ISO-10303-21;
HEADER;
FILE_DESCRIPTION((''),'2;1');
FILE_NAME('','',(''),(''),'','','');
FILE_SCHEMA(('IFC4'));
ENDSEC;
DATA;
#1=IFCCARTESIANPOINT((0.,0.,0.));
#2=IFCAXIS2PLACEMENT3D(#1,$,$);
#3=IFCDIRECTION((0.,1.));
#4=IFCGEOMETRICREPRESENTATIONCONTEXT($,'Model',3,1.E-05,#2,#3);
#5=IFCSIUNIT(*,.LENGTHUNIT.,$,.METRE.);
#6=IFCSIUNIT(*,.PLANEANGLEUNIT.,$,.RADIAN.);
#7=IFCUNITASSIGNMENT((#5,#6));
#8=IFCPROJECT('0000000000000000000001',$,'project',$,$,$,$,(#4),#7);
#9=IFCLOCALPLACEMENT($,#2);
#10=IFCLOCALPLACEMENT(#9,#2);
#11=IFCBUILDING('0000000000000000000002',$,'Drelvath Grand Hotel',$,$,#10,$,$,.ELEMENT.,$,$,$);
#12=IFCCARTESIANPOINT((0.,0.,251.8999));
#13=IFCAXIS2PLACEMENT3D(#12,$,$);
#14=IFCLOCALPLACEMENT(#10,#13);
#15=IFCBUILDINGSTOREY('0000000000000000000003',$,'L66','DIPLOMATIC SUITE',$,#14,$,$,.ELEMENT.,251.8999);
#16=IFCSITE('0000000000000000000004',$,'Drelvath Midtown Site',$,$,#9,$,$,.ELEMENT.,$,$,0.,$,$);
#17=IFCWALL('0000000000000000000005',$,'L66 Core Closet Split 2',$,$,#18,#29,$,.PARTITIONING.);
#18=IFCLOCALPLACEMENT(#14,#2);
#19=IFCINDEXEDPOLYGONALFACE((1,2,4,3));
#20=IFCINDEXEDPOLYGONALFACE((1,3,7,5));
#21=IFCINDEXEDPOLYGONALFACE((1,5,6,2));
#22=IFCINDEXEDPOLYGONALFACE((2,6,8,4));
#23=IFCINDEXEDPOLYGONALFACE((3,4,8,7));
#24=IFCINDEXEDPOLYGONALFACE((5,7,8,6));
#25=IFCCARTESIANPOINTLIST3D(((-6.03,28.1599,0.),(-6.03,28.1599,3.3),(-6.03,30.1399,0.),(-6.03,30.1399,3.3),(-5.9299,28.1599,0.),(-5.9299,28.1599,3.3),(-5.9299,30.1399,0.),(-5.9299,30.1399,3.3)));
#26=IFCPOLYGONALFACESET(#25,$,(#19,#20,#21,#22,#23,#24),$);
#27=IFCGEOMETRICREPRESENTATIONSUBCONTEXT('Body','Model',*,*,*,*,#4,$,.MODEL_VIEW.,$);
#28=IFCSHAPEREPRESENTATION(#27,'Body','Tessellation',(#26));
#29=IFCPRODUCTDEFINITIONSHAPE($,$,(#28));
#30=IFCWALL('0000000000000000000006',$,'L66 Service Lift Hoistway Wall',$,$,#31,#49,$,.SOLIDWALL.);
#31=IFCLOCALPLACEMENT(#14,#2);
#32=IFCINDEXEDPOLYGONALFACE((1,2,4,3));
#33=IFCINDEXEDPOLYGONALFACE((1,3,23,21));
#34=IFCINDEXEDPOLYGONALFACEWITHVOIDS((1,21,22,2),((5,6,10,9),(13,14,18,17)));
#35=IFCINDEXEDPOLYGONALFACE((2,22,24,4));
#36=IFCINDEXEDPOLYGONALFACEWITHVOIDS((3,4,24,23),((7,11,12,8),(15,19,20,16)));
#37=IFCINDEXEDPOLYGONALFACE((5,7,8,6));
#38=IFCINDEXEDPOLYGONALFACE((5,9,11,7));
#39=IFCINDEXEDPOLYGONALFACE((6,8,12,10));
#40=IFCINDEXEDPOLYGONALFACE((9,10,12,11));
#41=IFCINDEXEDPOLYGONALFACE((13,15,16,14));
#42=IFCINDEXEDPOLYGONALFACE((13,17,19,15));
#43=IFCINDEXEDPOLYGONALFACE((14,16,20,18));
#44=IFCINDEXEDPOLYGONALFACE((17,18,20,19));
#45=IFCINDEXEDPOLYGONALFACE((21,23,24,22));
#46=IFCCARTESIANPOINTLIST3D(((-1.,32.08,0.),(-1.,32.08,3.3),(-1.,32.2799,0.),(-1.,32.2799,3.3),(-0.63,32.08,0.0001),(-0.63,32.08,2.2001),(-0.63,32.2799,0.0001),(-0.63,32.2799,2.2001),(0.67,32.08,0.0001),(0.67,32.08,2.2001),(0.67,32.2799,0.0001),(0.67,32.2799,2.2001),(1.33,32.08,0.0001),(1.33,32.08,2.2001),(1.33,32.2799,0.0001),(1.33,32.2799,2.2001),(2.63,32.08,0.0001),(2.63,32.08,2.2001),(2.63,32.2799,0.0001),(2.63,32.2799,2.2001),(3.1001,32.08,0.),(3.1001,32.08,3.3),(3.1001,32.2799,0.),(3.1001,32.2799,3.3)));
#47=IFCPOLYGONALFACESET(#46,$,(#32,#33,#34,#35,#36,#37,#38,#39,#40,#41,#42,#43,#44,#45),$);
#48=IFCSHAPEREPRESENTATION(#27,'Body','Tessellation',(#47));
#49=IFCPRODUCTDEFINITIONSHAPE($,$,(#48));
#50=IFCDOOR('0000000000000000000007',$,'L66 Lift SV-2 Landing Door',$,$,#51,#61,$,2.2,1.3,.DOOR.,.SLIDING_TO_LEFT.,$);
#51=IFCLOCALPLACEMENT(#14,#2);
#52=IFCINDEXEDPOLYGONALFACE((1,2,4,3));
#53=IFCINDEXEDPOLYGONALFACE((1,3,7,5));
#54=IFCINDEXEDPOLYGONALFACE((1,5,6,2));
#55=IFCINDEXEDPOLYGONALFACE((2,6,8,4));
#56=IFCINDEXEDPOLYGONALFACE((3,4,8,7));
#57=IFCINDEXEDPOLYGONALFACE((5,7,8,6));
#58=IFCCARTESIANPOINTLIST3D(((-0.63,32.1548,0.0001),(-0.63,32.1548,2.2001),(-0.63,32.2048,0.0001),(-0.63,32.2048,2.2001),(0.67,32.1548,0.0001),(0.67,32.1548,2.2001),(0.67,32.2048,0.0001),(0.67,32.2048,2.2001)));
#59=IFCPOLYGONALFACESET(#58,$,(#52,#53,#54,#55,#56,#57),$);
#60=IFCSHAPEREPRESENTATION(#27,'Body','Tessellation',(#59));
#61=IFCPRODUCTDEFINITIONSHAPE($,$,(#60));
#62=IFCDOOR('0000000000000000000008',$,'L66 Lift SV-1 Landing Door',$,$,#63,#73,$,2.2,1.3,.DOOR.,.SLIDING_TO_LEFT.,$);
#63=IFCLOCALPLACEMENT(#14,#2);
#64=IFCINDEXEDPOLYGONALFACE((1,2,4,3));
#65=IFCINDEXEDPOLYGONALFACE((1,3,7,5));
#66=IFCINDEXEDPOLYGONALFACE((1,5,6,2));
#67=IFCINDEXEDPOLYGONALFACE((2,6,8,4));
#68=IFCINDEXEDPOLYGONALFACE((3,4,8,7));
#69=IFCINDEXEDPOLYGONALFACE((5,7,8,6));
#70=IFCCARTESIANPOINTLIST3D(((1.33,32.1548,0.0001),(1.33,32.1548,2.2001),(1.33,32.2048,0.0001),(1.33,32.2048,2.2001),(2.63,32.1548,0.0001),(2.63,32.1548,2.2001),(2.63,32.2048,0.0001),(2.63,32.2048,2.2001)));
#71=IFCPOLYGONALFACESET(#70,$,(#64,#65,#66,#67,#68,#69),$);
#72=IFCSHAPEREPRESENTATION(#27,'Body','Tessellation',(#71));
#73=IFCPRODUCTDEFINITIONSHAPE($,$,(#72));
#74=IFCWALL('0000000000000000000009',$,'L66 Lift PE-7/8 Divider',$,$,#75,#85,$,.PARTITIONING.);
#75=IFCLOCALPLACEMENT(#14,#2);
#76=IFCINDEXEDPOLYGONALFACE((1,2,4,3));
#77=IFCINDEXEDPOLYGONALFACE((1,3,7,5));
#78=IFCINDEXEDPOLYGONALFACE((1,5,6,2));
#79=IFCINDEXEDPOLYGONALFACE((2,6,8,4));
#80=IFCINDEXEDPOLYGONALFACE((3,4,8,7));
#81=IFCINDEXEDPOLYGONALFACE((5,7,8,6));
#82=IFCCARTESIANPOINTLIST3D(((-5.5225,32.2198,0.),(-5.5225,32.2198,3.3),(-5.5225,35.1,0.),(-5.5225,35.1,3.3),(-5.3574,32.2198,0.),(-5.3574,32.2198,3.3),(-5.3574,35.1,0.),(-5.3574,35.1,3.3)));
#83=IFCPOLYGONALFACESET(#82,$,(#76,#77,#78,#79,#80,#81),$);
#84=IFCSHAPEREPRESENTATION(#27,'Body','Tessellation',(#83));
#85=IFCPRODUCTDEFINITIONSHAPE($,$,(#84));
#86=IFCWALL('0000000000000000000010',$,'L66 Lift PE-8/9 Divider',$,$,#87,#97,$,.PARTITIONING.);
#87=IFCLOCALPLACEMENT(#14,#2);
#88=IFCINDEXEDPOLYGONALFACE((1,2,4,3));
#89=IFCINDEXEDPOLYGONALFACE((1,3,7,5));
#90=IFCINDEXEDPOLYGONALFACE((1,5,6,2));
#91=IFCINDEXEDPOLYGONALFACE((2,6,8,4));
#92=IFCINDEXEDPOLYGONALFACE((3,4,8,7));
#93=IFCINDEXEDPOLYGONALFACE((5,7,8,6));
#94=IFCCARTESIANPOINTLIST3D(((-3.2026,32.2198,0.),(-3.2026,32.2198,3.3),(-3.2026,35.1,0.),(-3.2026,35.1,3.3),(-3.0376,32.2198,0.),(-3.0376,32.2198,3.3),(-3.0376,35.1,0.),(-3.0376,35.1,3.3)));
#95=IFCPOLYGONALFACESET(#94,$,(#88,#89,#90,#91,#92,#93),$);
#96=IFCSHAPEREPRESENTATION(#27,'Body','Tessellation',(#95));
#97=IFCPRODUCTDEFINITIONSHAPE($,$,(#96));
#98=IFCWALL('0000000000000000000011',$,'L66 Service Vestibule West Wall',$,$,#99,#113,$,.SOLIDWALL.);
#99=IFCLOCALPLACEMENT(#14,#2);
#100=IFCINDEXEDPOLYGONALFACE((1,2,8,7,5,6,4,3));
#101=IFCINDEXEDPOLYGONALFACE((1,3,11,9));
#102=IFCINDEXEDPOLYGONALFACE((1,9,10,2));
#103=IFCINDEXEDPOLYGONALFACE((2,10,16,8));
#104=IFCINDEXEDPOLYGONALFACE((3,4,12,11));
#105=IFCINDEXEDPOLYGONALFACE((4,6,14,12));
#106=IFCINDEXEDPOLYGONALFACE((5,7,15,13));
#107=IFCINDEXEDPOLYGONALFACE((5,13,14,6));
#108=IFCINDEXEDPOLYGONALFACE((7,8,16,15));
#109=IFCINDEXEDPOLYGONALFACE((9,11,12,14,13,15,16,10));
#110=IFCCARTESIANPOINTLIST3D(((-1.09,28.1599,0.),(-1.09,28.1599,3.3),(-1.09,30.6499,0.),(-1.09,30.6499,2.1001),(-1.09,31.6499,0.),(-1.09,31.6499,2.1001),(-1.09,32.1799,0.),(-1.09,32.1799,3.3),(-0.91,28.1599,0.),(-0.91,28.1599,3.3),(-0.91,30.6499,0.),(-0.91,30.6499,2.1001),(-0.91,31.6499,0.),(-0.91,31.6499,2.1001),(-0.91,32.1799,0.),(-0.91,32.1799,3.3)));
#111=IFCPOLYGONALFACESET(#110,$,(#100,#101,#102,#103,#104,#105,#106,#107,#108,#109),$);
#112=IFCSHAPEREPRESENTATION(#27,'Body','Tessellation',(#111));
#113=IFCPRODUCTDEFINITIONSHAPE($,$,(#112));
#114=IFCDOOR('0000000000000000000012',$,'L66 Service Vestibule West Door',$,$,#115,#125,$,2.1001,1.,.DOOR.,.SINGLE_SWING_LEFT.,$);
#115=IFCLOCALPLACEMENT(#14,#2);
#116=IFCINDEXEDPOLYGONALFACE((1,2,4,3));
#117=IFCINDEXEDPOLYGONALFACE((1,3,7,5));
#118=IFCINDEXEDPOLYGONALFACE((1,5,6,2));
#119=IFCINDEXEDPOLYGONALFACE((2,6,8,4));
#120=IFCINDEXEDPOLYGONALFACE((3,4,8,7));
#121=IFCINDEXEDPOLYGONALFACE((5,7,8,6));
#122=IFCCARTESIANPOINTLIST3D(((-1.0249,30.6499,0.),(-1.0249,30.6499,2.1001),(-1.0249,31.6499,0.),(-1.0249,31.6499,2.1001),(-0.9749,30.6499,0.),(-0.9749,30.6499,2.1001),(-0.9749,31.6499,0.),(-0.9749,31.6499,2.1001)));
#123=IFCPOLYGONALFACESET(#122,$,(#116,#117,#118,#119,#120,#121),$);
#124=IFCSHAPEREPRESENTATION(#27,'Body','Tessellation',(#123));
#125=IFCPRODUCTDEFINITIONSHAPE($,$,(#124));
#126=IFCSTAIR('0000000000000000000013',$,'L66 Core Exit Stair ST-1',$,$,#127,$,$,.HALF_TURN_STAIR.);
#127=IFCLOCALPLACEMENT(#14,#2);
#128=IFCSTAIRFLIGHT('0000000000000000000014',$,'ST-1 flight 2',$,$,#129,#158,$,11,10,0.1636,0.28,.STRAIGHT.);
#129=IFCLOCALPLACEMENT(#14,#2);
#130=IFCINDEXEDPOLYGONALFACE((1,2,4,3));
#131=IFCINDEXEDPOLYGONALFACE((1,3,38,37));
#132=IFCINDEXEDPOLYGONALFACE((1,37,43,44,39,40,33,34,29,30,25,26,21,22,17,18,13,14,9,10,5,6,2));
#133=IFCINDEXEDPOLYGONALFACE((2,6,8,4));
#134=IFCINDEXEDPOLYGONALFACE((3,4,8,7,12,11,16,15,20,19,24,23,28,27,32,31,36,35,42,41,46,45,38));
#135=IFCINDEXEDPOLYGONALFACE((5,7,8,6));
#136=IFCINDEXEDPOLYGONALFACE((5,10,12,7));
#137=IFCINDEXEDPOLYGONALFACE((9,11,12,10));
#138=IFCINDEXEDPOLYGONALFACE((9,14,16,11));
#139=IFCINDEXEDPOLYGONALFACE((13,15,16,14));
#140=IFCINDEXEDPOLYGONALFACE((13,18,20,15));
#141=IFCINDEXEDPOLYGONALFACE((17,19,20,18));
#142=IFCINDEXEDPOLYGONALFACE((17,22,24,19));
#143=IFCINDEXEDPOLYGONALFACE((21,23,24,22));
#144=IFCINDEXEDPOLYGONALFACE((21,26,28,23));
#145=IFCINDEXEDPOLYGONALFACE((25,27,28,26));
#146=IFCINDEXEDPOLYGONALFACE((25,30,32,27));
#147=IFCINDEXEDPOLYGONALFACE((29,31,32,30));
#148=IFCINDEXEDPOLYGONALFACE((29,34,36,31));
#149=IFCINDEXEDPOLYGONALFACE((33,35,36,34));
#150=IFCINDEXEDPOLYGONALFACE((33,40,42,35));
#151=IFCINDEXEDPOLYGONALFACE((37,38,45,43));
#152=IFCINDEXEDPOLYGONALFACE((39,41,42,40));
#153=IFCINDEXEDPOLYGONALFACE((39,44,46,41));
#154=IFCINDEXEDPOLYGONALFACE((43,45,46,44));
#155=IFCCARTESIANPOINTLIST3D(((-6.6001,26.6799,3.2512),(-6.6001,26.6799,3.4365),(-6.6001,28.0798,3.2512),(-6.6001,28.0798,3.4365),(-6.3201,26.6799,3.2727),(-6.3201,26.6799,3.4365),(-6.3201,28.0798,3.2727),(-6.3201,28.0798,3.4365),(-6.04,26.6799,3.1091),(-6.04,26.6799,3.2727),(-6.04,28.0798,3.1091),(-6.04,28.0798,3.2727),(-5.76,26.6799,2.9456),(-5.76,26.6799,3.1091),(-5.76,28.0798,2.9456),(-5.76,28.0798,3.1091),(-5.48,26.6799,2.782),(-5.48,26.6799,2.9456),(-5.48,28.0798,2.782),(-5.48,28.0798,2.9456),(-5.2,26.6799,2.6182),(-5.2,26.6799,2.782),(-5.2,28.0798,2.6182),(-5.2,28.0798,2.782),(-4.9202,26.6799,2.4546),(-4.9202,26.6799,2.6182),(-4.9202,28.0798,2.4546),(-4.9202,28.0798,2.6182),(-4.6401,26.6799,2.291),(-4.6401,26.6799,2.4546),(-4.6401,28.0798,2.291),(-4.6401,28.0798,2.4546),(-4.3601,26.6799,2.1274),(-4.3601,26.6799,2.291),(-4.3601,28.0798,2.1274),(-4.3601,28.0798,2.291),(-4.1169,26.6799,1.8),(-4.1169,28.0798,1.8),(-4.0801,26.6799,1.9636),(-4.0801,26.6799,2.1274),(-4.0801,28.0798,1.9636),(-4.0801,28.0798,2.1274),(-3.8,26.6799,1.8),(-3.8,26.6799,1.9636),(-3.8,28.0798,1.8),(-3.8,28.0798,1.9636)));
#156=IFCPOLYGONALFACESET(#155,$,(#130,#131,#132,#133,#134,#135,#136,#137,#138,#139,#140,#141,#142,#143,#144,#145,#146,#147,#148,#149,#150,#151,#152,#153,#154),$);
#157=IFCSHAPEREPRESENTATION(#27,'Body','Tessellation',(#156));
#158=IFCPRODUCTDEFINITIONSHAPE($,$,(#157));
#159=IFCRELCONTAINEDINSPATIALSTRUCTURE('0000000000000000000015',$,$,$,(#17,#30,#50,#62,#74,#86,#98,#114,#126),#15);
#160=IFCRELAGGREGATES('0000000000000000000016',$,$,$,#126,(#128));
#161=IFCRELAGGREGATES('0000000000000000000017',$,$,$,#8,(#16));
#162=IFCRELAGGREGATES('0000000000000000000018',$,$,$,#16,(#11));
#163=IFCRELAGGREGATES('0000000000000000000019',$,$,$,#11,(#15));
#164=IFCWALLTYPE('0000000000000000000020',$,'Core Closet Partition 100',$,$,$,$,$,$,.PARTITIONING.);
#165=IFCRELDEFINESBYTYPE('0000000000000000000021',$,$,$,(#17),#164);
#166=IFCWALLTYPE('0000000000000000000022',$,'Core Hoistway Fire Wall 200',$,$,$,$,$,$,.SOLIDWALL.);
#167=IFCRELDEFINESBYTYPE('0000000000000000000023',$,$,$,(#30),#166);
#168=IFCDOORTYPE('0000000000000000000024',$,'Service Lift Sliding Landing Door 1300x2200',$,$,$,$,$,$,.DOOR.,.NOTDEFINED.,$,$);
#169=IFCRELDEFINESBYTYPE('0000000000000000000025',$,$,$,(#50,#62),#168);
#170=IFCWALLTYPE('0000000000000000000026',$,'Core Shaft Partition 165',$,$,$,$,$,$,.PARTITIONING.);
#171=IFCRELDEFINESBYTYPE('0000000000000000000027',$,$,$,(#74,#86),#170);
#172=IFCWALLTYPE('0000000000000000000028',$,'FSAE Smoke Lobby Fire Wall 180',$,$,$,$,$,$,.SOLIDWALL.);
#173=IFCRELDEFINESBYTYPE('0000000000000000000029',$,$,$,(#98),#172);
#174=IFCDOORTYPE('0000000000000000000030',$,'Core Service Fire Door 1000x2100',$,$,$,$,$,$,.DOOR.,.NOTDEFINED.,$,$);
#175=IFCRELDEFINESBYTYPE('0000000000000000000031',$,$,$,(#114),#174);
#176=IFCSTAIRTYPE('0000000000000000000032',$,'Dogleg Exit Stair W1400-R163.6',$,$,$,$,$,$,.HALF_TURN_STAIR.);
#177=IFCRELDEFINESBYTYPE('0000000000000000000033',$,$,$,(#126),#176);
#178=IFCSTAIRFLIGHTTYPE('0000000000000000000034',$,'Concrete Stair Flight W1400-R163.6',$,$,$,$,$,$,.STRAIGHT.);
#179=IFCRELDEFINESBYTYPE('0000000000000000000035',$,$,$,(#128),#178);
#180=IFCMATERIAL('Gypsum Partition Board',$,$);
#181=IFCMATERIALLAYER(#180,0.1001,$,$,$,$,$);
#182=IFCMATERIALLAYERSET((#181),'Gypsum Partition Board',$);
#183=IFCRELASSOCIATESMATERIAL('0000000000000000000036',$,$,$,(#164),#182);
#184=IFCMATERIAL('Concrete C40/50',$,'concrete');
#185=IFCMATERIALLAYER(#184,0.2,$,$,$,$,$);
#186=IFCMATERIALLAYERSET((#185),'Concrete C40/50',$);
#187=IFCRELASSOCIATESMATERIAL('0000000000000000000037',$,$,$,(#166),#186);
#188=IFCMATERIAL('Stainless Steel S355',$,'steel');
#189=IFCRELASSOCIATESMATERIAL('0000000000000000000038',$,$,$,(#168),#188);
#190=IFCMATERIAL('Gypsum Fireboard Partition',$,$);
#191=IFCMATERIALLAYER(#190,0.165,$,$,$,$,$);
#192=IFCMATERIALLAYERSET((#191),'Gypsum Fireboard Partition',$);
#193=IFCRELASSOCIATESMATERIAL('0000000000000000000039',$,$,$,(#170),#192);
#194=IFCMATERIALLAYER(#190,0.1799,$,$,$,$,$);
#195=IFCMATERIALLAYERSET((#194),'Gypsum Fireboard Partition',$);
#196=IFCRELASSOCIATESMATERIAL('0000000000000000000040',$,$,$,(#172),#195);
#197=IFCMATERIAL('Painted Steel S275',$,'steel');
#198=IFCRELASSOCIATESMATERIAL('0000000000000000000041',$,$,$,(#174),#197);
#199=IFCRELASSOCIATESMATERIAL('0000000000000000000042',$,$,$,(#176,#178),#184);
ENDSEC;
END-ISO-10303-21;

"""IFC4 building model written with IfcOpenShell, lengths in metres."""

from ifc_helpers import new_model, si_unit, direction, frame, frame_2d, origin, place, context, subcontext, project, spatial, polyline, rectangle, outline, extrude, material, layer, layer_set, type_object, element, fill, aggregate, save


model = new_model("IFC4")

# Units and contexts
model_context = context("Model", 3, precision=1e-05, world=origin(), true_north=direction((0.0, 1.0)))
body_context = subcontext(model_context, "Body", "Model", "MODEL_VIEW")
ifc_project = project(units=[si_unit("LENGTHUNIT", "METRE"), si_unit("PLANEANGLEUNIT", "RADIAN")], contexts=[model_context])

# Site, building, storey
site_placement = place(None, origin())
site = spatial("IfcSite", under=ifc_project, at=site_placement, Name="Drelvath Midtown Site", CompositionType="ELEMENT", RefElevation=0.0)
building_placement = place(site_placement, origin())
building = spatial("IfcBuilding", under=site, at=building_placement, Name="Drelvath Grand Hotel", CompositionType="ELEMENT")
storey_placement = place(building_placement, frame((0.0, 0.0, 251.8999)))
storey = spatial("IfcBuildingStorey", under=building, at=storey_placement, Name="L66", Description="DIPLOMATIC SUITE", CompositionType="ELEMENT", Elevation=251.8999)

# Wall
ifc_material_1 = material(Name="Gypsum Partition Board")
ifc_layer_1 = layer(ifc_material_1, 0.1001)
ifc_layer_set_1 = layer_set([ifc_layer_1], Name="Gypsum Partition Board")
wall_type_1 = type_object("IfcWallType", Name="Core Closet Partition 100", PredefinedType="PARTITIONING", material=ifc_layer_set_1)
wall_1_placement = place(storey_placement, frame((-5.98, 28.1599, 0.0), z_axis=(0.0, 0.0, 1.0), x_axis=(0.0, 1.0, 0.0)))
element("IfcWall", 1, at=wall_1_placement, inside=storey, type_object=wall_type_1, Name="L66 Core Closet Split 2", PredefinedType="PARTITIONING", context=body_context, shape_type="SweptSolid", body=[
    extrude(rectangle(XDim=1.98, YDim=0.1001, at=frame_2d((0.99, 0.0))), origin(), (0.0, 0.0, 1.0), 3.3),
])

# Wall, openings, doors
ifc_material_2 = material(Name="Concrete C40/50", Category="concrete")
ifc_layer_2 = layer(ifc_material_2, 0.2)
ifc_layer_set_2 = layer_set([ifc_layer_2], Name="Concrete C40/50")
wall_type_2 = type_object("IfcWallType", Name="Core Hoistway Fire Wall 200", PredefinedType="SOLIDWALL", material=ifc_layer_set_2)
wall_2_placement = place(storey_placement, frame((-1.0, 32.1799, 0.0), z_axis=(0.0, 0.0, 1.0), x_axis=(1.0, 0.0, 0.0)))
wall_2 = element("IfcWall", 2, at=wall_2_placement, inside=storey, type_object=wall_type_2, Name="L66 Service Lift Hoistway Wall", PredefinedType="SOLIDWALL", context=body_context, shape_type="SweptSolid", body=[
    extrude(rectangle(XDim=4.1001, YDim=0.2, at=frame_2d((2.05, 0.0))), origin(), (0.0, 0.0, 1.0), 3.3),
])
opening_1_placement = place(wall_2_placement, frame((0.3701, 0.0, 0.0)))
opening_1 = element("IfcOpeningElement", 3, at=opening_1_placement, cuts=wall_2, PredefinedType="OPENING", context=body_context, shape_type="SweptSolid", body=[
    extrude(rectangle(XDim=1.3, YDim=2.2, at=frame_2d((0.6499, 1.1001))), frame((0.0, 0.1099, 0.0), z_axis=(0.0, -1.0, 0.0), x_axis=(1.0, 0.0, 0.0)), (0.0, 0.0, 1.0), 0.22),
])
opening_2_placement = place(wall_2_placement, frame((2.3301, 0.0, 0.0)))
opening_2 = element("IfcOpeningElement", 4, at=opening_2_placement, cuts=wall_2, PredefinedType="OPENING", context=body_context, shape_type="SweptSolid", body=[
    extrude(rectangle(XDim=1.3, YDim=2.2, at=frame_2d((0.6499, 1.1001))), frame((0.0, 0.1099, 0.0), z_axis=(0.0, -1.0, 0.0), x_axis=(1.0, 0.0, 0.0)), (0.0, 0.0, 1.0), 0.22),
])
ifc_material_3 = material(Name="Stainless Steel S355", Category="steel")
door_type_1 = type_object("IfcDoorType", Name="Service Lift Sliding Landing Door 1300x2200", OperationType="NOTDEFINED", PredefinedType="DOOR", material=ifc_material_3)
door_1_placement = place(opening_1_placement, origin())
door_1 = element("IfcDoor", 5, at=door_1_placement, inside=storey, type_object=door_type_1, Name="L66 Lift SV-2 Landing Door", OperationType="SLIDING_TO_LEFT", OverallHeight=2.2, OverallWidth=1.3, PredefinedType="DOOR", context=body_context, shape_type="SweptSolid", body=[
    extrude(rectangle(XDim=1.3, YDim=2.2, at=frame_2d((0.6499, 1.1001))), frame((0.0, 0.0249, 0.0), z_axis=(0.0, -1.0, 0.0), x_axis=(1.0, 0.0, 0.0)), (0.0, 0.0, 1.0), 0.05),
])
fill(opening_1, door_1)
door_2_placement = place(opening_2_placement, origin())
door_2 = element("IfcDoor", 6, at=door_2_placement, inside=storey, type_object=door_type_1, Name="L66 Lift SV-1 Landing Door", OperationType="SLIDING_TO_LEFT", OverallHeight=2.2, OverallWidth=1.3, PredefinedType="DOOR", context=body_context, shape_type="SweptSolid", body=[
    extrude(rectangle(XDim=1.3, YDim=2.2, at=frame_2d((0.6499, 1.1001))), frame((0.0, 0.0249, 0.0), z_axis=(0.0, -1.0, 0.0), x_axis=(1.0, 0.0, 0.0)), (0.0, 0.0, 1.0), 0.05),
])
fill(opening_2, door_2)

# Walls
ifc_material_4 = material(Name="Gypsum Fireboard Partition")
ifc_layer_3 = layer(ifc_material_4, 0.165)
ifc_layer_set_3 = layer_set([ifc_layer_3], Name="Gypsum Fireboard Partition")
wall_type_3 = type_object("IfcWallType", Name="Core Shaft Partition 165", PredefinedType="PARTITIONING", material=ifc_layer_set_3)
for number, where, z_axis, x_axis, name in (
    (7, (-5.4399, 32.22, 0.0), (0.0, 0.0, 1.0), (0.0, 1.0, 0.0), "L66 Lift PE-7/8 Divider"),
    (8, (-3.1201, 32.22, 0.0), (0.0, 0.0, 1.0), (0.0, 1.0, 0.0), "L66 Lift PE-8/9 Divider"),
):
    element("IfcWall", number, at=place(storey_placement, frame(where, z_axis=z_axis, x_axis=x_axis)), inside=storey, type_object=wall_type_3, Name=name, PredefinedType="PARTITIONING", context=body_context, shape_type="SweptSolid", body=[
        extrude(rectangle(XDim=2.8801, YDim=0.165, at=frame_2d((1.4399, 0.0))), origin(), (0.0, 0.0, 1.0), 3.3),
    ])

# Wall, opening, door
ifc_layer_4 = layer(ifc_material_4, 0.1799)
ifc_layer_set_4 = layer_set([ifc_layer_4], Name="Gypsum Fireboard Partition")
wall_type_4 = type_object("IfcWallType", Name="FSAE Smoke Lobby Fire Wall 180", PredefinedType="SOLIDWALL", material=ifc_layer_set_4)
wall_3_placement = place(storey_placement, frame((-1.0, 28.1599, 0.0), z_axis=(0.0, 0.0, 1.0), x_axis=(0.0, 1.0, 0.0)))
wall_3 = element("IfcWall", 9, at=wall_3_placement, inside=storey, type_object=wall_type_4, Name="L66 Service Vestibule West Wall", PredefinedType="SOLIDWALL", context=body_context, shape_type="SweptSolid", body=[
    extrude(rectangle(XDim=4.02, YDim=0.1799, at=frame_2d((2.01, 0.0))), origin(), (0.0, 0.0, 1.0), 3.3),
])
opening_3_placement = place(wall_3_placement, frame((2.49, 0.0, 0.0)))
opening_3 = element("IfcOpeningElement", 10, at=opening_3_placement, cuts=wall_3, PredefinedType="OPENING", context=body_context, shape_type="SweptSolid", body=[
    extrude(rectangle(XDim=1.0, YDim=2.1001, at=frame_2d((0.5, 1.05))), frame((0.0, 0.0999, 0.0), z_axis=(0.0, -1.0, 0.0), x_axis=(1.0, 0.0, 0.0)), (0.0, 0.0, 1.0), 0.2),
])
ifc_material_5 = material(Name="Painted Steel S275", Category="steel")
door_type_2 = type_object("IfcDoorType", Name="Core Service Fire Door 1000x2100", OperationType="NOTDEFINED", PredefinedType="DOOR", material=ifc_material_5)
door_3_placement = place(opening_3_placement, origin())
door_3 = element("IfcDoor", 11, at=door_3_placement, inside=storey, type_object=door_type_2, Name="L66 Service Vestibule West Door", OperationType="SINGLE_SWING_LEFT", OverallHeight=2.1001, OverallWidth=1.0, PredefinedType="DOOR", context=body_context, shape_type="SweptSolid", body=[
    extrude(rectangle(XDim=1.0, YDim=2.1001, at=frame_2d((0.5, 1.05))), frame((0.0, 0.0249, 0.0), z_axis=(0.0, -1.0, 0.0), x_axis=(1.0, 0.0, 0.0)), (0.0, 0.0, 1.0), 0.05),
])
fill(opening_3, door_3)

# Stair, stair flight
stair_type = type_object("IfcStairType", Name="Dogleg Exit Stair W1400-R163.6", PredefinedType="HALF_TURN_STAIR", material=ifc_material_2)
stair_placement = place(storey_placement, origin())
stair = element("IfcStair", 12, at=stair_placement, inside=storey, type_object=stair_type, Name="L66 Core Exit Stair ST-1", PredefinedType="HALF_TURN_STAIR")
stair_flight_type = type_object("IfcStairFlightType", Name="Concrete Stair Flight W1400-R163.6", PredefinedType="STRAIGHT", material=ifc_material_2)
stair_flight_placement = place(storey_placement, frame((-3.8, 27.3799, 1.8), z_axis=(0.0, 0.0, 1.0), x_axis=(-1.0, 0.0, 0.0)))
stair_flight = element("IfcStairFlight", 13, at=stair_flight_placement, type_object=stair_flight_type, Name="ST-1 flight 2", NumberOfRisers=11, NumberOfTreads=10, PredefinedType="STRAIGHT", RiserHeight=0.1636, TreadLength=0.28, context=body_context, shape_type="SweptSolid", body=[
    extrude(outline(polyline([(0.0, 0.0), (0.0, 0.1636), (0.28, 0.1636), (0.28, 0.3274), (0.5601, 0.3274), (0.5601, 0.491), (0.8401, 0.491), (0.8401, 0.6545), (1.1201, 0.6545), (1.1201, 0.8181), (1.3999, 0.8181), (1.3999, 0.9819), (1.6799, 0.9819), (1.6799, 1.1455), (1.96, 1.1455), (1.96, 1.3091), (2.24, 1.3091), (2.24, 1.4727), (2.52, 1.4727), (2.52, 1.6365), (2.8, 1.6365), (2.8, 1.8), (2.8, 1.4512), (0.3169, 0.0), (0.0, 0.0)])), frame((0.0, 0.7, 0.0), z_axis=(0.0, -1.0, 0.0), x_axis=(1.0, 0.0, 0.0)), (0.0, 0.0, 1.0), 1.3999),
])
aggregate(stair, [stair_flight])

save(model, "model.ifc")
